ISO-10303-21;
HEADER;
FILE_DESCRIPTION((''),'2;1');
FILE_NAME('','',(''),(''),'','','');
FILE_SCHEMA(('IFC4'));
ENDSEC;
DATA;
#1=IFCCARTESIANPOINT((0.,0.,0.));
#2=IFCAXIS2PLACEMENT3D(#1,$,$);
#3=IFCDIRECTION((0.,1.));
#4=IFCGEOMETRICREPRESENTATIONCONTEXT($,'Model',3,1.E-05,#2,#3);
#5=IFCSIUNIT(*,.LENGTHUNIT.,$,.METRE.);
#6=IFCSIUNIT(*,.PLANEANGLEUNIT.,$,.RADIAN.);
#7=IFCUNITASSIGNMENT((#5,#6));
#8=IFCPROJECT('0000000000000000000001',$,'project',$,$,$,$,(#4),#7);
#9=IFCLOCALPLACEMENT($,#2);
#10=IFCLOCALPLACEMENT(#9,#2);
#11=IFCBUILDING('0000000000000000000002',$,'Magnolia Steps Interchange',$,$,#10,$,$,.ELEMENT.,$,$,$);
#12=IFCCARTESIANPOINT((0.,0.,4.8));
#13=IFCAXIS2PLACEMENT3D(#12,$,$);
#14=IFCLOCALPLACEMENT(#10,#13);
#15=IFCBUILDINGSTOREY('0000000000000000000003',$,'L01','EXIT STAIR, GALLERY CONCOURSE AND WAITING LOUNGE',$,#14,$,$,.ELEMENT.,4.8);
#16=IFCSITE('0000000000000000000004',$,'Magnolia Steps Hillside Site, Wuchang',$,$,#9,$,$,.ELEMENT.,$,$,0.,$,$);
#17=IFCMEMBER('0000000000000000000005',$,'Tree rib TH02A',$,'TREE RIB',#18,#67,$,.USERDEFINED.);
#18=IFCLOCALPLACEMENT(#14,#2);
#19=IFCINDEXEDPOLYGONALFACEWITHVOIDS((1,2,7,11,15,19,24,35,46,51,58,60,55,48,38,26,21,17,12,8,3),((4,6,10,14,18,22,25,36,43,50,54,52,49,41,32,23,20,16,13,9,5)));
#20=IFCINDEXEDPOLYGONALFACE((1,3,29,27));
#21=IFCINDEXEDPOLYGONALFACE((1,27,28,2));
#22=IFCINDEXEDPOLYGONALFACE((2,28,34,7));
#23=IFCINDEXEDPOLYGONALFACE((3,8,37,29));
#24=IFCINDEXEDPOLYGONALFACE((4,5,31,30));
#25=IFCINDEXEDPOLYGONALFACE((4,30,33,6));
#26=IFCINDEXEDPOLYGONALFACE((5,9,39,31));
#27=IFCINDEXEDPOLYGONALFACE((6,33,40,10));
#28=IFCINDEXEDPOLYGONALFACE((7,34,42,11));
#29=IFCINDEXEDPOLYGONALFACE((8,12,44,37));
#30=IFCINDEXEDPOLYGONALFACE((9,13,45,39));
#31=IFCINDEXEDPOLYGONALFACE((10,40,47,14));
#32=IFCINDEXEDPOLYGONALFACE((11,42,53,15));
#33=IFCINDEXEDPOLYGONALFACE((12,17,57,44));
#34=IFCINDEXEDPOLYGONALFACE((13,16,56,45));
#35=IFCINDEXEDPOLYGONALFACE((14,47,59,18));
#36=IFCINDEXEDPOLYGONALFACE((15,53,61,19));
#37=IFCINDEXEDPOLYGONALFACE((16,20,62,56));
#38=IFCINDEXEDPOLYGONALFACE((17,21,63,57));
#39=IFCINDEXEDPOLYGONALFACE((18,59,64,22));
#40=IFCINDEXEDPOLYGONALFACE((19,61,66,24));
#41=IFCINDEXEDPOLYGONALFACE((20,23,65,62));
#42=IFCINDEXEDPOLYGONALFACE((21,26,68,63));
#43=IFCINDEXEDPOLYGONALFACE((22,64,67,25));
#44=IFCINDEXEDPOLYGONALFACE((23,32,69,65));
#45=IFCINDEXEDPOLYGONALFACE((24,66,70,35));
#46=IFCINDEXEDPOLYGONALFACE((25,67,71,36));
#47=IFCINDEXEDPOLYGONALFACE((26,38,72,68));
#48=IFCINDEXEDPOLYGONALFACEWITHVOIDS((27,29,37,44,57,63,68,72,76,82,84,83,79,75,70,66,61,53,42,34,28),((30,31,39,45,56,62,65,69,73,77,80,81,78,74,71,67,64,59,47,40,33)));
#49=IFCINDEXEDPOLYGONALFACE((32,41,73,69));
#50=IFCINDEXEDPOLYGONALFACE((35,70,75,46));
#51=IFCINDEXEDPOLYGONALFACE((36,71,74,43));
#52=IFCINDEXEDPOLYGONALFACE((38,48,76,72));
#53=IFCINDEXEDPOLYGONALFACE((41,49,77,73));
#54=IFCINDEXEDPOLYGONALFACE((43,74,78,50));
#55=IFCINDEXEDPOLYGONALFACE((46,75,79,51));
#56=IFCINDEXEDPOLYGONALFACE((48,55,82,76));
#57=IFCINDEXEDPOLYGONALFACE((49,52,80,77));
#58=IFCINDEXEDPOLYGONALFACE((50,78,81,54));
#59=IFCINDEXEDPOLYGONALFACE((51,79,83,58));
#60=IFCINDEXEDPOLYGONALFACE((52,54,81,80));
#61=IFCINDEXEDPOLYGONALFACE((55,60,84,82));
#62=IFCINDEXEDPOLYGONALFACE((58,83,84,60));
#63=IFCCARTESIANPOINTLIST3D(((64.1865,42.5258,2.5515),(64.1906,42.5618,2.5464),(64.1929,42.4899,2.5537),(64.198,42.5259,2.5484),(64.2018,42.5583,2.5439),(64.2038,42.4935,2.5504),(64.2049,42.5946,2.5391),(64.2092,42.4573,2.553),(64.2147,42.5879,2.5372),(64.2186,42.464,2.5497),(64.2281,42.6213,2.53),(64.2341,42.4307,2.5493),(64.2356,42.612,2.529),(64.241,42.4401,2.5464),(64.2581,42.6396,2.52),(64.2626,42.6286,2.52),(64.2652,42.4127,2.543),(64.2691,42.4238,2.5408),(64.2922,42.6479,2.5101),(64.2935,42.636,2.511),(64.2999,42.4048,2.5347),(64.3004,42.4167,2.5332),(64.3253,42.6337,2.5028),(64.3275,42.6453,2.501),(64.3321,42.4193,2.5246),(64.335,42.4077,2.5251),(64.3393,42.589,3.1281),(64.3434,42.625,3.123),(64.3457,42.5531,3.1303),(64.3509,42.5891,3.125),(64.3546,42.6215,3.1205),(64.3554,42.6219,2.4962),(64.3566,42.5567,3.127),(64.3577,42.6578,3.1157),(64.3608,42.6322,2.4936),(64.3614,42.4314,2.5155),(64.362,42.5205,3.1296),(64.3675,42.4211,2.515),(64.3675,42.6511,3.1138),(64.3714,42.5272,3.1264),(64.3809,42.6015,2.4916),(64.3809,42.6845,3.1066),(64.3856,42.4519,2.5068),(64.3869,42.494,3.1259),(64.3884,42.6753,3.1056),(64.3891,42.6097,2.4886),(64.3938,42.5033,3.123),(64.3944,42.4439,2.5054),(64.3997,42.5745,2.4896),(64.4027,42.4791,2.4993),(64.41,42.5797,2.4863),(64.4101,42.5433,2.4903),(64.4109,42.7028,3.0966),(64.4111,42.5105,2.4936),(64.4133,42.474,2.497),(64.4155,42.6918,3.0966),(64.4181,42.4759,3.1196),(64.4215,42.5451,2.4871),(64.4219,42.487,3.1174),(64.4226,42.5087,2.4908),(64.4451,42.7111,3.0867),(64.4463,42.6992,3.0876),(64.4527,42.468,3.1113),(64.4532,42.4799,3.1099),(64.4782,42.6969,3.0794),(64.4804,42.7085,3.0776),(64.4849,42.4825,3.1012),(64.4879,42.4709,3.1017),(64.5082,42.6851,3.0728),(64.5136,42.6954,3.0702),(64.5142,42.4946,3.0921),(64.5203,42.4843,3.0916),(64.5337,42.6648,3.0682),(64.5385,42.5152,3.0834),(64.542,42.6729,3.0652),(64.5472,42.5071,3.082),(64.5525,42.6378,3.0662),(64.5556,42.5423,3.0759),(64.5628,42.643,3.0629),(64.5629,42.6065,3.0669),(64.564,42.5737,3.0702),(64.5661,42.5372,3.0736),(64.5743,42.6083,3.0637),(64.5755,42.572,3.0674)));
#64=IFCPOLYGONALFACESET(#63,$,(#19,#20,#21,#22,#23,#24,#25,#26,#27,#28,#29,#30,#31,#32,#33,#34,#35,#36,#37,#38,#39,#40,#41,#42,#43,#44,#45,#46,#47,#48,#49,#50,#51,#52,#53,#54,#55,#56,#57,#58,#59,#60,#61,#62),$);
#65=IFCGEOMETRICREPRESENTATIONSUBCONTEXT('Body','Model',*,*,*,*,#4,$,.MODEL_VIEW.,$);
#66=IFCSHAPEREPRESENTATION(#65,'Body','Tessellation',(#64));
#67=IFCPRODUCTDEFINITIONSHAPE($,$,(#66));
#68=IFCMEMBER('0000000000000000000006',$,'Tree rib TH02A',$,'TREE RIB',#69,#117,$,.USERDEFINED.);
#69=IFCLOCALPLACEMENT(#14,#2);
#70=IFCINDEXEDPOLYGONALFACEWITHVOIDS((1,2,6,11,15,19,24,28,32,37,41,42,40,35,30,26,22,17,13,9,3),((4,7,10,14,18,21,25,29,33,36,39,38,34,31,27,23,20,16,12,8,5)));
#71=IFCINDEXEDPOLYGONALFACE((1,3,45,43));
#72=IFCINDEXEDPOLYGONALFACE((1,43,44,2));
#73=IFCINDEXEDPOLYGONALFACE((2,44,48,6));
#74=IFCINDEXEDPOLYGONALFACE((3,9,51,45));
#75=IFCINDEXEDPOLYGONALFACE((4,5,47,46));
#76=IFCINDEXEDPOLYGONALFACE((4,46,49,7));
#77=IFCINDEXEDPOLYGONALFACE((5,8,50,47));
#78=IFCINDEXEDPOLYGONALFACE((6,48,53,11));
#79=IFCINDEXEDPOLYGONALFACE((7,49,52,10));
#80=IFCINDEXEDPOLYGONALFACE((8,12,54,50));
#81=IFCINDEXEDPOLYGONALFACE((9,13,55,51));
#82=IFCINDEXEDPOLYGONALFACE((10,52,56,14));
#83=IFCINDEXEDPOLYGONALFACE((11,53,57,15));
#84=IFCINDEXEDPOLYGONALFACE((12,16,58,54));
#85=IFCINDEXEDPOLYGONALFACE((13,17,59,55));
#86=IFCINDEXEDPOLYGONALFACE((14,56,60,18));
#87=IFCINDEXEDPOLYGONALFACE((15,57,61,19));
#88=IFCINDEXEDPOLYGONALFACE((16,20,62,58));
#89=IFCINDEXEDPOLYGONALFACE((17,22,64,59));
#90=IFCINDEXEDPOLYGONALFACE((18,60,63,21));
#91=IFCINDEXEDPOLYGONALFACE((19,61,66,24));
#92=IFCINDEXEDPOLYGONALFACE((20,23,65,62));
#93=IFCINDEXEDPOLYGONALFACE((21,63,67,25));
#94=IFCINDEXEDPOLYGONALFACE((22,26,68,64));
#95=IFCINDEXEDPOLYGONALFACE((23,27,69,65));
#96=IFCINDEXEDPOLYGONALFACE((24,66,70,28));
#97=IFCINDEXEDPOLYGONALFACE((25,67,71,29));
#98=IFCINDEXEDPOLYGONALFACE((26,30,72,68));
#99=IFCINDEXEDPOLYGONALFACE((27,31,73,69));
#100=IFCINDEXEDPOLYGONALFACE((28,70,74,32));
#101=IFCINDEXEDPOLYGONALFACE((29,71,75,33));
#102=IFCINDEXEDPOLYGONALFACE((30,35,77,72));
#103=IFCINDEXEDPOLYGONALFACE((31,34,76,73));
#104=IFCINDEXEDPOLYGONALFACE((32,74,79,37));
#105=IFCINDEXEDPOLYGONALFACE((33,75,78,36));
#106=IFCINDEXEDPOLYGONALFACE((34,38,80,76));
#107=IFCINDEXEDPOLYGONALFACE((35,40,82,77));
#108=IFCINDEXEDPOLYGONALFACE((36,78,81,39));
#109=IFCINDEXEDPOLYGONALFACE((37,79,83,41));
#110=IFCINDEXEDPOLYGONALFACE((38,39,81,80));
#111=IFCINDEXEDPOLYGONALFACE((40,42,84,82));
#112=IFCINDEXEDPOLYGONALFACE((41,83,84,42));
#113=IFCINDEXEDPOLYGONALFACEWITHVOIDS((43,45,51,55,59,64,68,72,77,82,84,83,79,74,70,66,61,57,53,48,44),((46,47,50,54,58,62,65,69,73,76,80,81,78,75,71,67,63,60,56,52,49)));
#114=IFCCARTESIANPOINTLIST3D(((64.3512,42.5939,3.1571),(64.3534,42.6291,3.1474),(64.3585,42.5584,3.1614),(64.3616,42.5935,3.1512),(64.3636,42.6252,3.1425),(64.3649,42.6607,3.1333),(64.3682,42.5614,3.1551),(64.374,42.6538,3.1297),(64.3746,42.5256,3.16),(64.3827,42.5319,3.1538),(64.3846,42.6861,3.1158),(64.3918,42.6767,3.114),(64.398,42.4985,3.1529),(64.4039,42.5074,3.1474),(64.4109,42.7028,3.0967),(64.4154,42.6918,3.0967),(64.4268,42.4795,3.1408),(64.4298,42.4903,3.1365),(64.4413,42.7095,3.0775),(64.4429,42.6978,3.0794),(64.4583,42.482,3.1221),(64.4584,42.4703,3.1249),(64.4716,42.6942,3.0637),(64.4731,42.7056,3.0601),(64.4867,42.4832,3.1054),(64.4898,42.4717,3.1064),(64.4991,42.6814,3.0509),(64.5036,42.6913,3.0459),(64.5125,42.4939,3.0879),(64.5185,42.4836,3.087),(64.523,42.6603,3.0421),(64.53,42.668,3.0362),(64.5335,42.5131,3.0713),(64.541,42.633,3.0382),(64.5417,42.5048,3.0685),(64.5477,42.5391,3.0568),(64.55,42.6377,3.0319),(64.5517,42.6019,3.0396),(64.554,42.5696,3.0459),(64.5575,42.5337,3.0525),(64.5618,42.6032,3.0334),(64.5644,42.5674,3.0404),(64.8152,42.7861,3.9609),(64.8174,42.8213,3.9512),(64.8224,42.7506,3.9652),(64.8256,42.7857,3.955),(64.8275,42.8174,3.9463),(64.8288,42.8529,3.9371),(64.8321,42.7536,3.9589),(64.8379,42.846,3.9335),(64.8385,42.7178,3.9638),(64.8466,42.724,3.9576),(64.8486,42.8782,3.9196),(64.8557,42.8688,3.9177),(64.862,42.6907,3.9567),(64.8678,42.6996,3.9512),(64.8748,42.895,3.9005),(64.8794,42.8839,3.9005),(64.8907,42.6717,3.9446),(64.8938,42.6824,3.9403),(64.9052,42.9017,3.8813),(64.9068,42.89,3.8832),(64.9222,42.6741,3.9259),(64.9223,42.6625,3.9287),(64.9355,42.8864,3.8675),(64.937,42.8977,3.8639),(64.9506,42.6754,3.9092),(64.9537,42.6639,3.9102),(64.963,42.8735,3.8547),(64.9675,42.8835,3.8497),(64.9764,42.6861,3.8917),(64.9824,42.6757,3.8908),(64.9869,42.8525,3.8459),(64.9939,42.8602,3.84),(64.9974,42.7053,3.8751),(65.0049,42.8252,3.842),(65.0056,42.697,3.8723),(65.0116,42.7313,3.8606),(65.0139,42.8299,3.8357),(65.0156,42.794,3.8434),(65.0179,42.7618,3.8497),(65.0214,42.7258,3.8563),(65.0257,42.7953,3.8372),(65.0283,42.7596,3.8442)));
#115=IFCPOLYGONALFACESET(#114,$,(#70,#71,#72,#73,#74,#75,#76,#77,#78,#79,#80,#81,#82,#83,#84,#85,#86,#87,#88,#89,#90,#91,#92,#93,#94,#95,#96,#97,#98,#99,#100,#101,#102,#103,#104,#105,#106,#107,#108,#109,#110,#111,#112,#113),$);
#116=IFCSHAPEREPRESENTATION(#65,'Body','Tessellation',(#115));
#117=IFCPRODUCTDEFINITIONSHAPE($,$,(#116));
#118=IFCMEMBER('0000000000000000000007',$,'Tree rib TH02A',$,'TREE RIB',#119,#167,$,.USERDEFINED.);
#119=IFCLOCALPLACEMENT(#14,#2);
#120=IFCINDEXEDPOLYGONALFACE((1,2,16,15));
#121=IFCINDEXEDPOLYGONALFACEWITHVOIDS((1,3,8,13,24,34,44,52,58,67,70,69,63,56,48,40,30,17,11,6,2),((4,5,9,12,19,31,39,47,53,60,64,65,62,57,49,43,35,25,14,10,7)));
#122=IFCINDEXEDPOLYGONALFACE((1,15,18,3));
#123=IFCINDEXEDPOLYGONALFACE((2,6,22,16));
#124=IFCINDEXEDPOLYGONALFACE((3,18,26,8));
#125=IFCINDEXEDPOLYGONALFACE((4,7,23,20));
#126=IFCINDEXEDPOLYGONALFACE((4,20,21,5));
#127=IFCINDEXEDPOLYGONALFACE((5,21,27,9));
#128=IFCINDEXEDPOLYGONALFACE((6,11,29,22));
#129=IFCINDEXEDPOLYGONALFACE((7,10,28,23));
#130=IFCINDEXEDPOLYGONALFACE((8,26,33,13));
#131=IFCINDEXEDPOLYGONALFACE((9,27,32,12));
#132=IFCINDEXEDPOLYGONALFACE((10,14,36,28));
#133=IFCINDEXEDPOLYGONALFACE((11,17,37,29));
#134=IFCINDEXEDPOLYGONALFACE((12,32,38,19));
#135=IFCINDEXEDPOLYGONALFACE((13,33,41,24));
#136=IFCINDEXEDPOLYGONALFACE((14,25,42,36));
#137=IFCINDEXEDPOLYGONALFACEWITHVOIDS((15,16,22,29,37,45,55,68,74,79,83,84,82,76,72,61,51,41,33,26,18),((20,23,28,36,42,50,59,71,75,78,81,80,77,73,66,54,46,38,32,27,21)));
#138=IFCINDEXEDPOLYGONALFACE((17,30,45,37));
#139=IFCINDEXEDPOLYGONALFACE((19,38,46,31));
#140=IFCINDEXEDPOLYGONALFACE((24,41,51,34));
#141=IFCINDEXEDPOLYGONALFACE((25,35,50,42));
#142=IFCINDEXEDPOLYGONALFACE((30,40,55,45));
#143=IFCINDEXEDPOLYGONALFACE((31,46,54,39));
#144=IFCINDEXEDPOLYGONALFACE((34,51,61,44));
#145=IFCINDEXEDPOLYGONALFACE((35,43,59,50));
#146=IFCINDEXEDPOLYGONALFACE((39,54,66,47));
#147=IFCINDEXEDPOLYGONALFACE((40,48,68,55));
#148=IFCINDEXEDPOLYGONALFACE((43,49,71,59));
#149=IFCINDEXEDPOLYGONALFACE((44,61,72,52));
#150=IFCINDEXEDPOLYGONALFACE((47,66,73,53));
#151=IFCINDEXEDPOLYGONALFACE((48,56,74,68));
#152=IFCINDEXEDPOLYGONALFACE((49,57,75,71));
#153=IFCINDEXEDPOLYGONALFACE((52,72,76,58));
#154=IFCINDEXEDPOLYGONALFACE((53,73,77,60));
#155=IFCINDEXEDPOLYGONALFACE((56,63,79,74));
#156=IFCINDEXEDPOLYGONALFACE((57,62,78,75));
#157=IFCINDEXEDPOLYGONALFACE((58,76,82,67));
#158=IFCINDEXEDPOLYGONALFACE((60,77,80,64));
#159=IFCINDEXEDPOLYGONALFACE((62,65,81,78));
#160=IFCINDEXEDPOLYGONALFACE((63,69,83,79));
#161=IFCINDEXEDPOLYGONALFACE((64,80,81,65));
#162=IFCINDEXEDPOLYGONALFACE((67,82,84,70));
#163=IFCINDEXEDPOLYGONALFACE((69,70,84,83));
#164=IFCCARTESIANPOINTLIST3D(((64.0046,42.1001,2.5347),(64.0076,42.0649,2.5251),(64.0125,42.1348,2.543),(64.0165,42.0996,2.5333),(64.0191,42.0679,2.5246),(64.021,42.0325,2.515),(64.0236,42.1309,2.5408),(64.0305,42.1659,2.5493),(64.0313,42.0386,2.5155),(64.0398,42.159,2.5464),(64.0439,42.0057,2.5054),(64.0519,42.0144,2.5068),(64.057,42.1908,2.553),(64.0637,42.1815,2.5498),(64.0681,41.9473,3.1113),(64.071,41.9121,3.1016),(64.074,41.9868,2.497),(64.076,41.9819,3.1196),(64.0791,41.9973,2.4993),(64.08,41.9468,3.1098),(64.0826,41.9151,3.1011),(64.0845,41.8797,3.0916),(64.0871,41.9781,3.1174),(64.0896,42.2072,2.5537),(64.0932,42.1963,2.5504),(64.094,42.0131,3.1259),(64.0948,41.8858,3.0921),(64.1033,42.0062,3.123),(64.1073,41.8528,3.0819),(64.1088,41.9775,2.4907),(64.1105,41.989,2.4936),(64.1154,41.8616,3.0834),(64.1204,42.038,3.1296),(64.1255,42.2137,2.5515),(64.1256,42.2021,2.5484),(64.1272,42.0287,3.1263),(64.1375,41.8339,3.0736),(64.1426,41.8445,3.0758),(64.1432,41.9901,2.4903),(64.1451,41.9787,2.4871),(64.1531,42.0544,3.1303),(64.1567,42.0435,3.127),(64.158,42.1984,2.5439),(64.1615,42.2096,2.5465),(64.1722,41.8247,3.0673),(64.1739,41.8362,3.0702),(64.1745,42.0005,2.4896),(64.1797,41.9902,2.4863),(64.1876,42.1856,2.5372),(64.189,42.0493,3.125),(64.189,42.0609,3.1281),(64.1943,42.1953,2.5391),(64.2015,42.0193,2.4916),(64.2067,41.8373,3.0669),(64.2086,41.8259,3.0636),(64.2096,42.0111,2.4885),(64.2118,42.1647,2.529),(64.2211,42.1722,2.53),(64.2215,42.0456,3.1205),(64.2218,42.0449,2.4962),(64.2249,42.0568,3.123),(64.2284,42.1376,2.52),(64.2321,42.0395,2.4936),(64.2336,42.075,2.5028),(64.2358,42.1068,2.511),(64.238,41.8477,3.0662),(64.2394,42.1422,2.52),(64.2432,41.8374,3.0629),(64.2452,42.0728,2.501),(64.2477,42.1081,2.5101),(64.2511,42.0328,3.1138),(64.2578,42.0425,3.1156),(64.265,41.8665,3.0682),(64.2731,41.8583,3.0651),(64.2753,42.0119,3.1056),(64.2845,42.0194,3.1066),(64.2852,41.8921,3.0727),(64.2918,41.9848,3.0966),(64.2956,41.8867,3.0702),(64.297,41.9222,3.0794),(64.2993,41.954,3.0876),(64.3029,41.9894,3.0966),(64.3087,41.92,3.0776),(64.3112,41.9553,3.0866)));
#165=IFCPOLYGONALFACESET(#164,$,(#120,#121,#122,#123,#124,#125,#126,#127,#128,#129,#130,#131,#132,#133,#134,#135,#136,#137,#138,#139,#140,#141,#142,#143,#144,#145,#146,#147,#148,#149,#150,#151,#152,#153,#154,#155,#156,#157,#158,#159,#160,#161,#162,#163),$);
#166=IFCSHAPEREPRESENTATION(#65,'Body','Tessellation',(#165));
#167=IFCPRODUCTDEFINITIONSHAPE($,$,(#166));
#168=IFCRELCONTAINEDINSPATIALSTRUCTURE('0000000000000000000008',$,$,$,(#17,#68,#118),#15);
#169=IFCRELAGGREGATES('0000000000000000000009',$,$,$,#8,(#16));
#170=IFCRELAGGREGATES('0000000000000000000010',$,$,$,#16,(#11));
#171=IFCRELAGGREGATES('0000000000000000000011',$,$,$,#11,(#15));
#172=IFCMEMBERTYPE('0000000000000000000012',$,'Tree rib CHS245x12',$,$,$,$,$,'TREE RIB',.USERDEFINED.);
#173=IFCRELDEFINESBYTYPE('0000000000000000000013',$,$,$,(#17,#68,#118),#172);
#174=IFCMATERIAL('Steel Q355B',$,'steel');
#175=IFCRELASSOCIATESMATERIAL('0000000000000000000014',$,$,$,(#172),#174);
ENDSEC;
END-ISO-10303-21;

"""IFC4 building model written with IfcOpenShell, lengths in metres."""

from ifc_helpers import new_model, si_unit, direction, frame, origin, origin_2d, place, context, subcontext, project, spatial, hollow_circle, extrude, material, material_profile, profile_set, type_object, element, save


model = new_model("IFC4")

# Units and contexts
model_context = context("Model", 3, precision=1e-05, world=origin(), true_north=direction((0.0, 1.0)))
body_context = subcontext(model_context, "Body", "Model", "MODEL_VIEW")
ifc_project = project(units=[si_unit("LENGTHUNIT", "METRE"), si_unit("PLANEANGLEUNIT", "RADIAN")], contexts=[model_context])

# Site, building, storey
site_placement = place(None, origin())
site = spatial("IfcSite", under=ifc_project, at=site_placement, Name="Magnolia Steps Hillside Site, Wuchang", CompositionType="ELEMENT", RefElevation=0.0)
building_placement = place(site_placement, origin())
building = spatial("IfcBuilding", under=site, at=building_placement, Name="Magnolia Steps Interchange", CompositionType="ELEMENT")
storey_placement = place(building_placement, frame((0.0, 0.0, 4.8)))
storey = spatial("IfcBuildingStorey", under=building, at=storey_placement, Name="L01", Description="EXIT STAIR, GALLERY CONCOURSE AND WAITING LOUNGE", CompositionType="ELEMENT", Elevation=4.8)

# Members
ifc_material_1 = material(Name="Steel Q355B", Category="steel")
ifc_material_profile_1 = material_profile(ifc_material_1, hollow_circle(Radius=0.1226, WallThickness=0.012, at=origin_2d()), Name="CHS245x12")
ifc_profile_set_1 = profile_set([ifc_material_profile_1], Name="Steel Q355B")
member_type_1 = type_object("IfcMemberType", Name="Tree rib CHS245x12", ElementType="TREE RIB", PredefinedType="USERDEFINED", material=ifc_profile_set_1)
member_1_placement = place(storey_placement, frame((64.3049, 42.5264, 2.52), z_axis=(0.254758, 0.105403, 0.961243), x_axis=(-0.382308, 0.924035, 0.0)))
element("IfcMember", 1, at=member_1_placement, inside=storey, type_object=member_type_1, Name="Tree rib TH02A", ObjectType="TREE RIB", PredefinedType="USERDEFINED", context=body_context, shape_type="SweptSolid", body=[
    extrude(hollow_circle(Radius=0.1226, WallThickness=0.012, at=origin_2d()), origin(), (0.0, 0.0, 1.0), 0.5999),
])
member_2_placement = place(storey_placement, frame((64.4578, 42.5896, 3.0967), z_axis=(0.489492, 0.202753, 0.848109), x_axis=(-0.382681, 0.923881, 0.0)))
element("IfcMember", 2, at=member_2_placement, inside=storey, type_object=member_type_1, Name="Tree rib TH02A", ObjectType="TREE RIB", PredefinedType="USERDEFINED", context=body_context, shape_type="SweptSolid", body=[
    extrude(hollow_circle(Radius=0.1226, WallThickness=0.012, at=origin_2d()), origin(), (0.0, 0.0, 1.0), 0.9478),
])
member_3_placement = place(storey_placement, frame((64.1262, 42.0952, 2.52), z_axis=(0.105805, -0.254747, 0.961202), x_axis=(0.923513, 0.383568, 0.0)))
element("IfcMember", 3, at=member_3_placement, inside=storey, type_object=member_type_1, Name="Tree rib TH02A", ObjectType="TREE RIB", PredefinedType="USERDEFINED", context=body_context, shape_type="SweptSolid", body=[
    extrude(hollow_circle(Radius=0.1226, WallThickness=0.012, at=origin_2d()), origin(), (0.0, 0.0, 1.0), 0.5999),
])

save(model, "model.ifc")
